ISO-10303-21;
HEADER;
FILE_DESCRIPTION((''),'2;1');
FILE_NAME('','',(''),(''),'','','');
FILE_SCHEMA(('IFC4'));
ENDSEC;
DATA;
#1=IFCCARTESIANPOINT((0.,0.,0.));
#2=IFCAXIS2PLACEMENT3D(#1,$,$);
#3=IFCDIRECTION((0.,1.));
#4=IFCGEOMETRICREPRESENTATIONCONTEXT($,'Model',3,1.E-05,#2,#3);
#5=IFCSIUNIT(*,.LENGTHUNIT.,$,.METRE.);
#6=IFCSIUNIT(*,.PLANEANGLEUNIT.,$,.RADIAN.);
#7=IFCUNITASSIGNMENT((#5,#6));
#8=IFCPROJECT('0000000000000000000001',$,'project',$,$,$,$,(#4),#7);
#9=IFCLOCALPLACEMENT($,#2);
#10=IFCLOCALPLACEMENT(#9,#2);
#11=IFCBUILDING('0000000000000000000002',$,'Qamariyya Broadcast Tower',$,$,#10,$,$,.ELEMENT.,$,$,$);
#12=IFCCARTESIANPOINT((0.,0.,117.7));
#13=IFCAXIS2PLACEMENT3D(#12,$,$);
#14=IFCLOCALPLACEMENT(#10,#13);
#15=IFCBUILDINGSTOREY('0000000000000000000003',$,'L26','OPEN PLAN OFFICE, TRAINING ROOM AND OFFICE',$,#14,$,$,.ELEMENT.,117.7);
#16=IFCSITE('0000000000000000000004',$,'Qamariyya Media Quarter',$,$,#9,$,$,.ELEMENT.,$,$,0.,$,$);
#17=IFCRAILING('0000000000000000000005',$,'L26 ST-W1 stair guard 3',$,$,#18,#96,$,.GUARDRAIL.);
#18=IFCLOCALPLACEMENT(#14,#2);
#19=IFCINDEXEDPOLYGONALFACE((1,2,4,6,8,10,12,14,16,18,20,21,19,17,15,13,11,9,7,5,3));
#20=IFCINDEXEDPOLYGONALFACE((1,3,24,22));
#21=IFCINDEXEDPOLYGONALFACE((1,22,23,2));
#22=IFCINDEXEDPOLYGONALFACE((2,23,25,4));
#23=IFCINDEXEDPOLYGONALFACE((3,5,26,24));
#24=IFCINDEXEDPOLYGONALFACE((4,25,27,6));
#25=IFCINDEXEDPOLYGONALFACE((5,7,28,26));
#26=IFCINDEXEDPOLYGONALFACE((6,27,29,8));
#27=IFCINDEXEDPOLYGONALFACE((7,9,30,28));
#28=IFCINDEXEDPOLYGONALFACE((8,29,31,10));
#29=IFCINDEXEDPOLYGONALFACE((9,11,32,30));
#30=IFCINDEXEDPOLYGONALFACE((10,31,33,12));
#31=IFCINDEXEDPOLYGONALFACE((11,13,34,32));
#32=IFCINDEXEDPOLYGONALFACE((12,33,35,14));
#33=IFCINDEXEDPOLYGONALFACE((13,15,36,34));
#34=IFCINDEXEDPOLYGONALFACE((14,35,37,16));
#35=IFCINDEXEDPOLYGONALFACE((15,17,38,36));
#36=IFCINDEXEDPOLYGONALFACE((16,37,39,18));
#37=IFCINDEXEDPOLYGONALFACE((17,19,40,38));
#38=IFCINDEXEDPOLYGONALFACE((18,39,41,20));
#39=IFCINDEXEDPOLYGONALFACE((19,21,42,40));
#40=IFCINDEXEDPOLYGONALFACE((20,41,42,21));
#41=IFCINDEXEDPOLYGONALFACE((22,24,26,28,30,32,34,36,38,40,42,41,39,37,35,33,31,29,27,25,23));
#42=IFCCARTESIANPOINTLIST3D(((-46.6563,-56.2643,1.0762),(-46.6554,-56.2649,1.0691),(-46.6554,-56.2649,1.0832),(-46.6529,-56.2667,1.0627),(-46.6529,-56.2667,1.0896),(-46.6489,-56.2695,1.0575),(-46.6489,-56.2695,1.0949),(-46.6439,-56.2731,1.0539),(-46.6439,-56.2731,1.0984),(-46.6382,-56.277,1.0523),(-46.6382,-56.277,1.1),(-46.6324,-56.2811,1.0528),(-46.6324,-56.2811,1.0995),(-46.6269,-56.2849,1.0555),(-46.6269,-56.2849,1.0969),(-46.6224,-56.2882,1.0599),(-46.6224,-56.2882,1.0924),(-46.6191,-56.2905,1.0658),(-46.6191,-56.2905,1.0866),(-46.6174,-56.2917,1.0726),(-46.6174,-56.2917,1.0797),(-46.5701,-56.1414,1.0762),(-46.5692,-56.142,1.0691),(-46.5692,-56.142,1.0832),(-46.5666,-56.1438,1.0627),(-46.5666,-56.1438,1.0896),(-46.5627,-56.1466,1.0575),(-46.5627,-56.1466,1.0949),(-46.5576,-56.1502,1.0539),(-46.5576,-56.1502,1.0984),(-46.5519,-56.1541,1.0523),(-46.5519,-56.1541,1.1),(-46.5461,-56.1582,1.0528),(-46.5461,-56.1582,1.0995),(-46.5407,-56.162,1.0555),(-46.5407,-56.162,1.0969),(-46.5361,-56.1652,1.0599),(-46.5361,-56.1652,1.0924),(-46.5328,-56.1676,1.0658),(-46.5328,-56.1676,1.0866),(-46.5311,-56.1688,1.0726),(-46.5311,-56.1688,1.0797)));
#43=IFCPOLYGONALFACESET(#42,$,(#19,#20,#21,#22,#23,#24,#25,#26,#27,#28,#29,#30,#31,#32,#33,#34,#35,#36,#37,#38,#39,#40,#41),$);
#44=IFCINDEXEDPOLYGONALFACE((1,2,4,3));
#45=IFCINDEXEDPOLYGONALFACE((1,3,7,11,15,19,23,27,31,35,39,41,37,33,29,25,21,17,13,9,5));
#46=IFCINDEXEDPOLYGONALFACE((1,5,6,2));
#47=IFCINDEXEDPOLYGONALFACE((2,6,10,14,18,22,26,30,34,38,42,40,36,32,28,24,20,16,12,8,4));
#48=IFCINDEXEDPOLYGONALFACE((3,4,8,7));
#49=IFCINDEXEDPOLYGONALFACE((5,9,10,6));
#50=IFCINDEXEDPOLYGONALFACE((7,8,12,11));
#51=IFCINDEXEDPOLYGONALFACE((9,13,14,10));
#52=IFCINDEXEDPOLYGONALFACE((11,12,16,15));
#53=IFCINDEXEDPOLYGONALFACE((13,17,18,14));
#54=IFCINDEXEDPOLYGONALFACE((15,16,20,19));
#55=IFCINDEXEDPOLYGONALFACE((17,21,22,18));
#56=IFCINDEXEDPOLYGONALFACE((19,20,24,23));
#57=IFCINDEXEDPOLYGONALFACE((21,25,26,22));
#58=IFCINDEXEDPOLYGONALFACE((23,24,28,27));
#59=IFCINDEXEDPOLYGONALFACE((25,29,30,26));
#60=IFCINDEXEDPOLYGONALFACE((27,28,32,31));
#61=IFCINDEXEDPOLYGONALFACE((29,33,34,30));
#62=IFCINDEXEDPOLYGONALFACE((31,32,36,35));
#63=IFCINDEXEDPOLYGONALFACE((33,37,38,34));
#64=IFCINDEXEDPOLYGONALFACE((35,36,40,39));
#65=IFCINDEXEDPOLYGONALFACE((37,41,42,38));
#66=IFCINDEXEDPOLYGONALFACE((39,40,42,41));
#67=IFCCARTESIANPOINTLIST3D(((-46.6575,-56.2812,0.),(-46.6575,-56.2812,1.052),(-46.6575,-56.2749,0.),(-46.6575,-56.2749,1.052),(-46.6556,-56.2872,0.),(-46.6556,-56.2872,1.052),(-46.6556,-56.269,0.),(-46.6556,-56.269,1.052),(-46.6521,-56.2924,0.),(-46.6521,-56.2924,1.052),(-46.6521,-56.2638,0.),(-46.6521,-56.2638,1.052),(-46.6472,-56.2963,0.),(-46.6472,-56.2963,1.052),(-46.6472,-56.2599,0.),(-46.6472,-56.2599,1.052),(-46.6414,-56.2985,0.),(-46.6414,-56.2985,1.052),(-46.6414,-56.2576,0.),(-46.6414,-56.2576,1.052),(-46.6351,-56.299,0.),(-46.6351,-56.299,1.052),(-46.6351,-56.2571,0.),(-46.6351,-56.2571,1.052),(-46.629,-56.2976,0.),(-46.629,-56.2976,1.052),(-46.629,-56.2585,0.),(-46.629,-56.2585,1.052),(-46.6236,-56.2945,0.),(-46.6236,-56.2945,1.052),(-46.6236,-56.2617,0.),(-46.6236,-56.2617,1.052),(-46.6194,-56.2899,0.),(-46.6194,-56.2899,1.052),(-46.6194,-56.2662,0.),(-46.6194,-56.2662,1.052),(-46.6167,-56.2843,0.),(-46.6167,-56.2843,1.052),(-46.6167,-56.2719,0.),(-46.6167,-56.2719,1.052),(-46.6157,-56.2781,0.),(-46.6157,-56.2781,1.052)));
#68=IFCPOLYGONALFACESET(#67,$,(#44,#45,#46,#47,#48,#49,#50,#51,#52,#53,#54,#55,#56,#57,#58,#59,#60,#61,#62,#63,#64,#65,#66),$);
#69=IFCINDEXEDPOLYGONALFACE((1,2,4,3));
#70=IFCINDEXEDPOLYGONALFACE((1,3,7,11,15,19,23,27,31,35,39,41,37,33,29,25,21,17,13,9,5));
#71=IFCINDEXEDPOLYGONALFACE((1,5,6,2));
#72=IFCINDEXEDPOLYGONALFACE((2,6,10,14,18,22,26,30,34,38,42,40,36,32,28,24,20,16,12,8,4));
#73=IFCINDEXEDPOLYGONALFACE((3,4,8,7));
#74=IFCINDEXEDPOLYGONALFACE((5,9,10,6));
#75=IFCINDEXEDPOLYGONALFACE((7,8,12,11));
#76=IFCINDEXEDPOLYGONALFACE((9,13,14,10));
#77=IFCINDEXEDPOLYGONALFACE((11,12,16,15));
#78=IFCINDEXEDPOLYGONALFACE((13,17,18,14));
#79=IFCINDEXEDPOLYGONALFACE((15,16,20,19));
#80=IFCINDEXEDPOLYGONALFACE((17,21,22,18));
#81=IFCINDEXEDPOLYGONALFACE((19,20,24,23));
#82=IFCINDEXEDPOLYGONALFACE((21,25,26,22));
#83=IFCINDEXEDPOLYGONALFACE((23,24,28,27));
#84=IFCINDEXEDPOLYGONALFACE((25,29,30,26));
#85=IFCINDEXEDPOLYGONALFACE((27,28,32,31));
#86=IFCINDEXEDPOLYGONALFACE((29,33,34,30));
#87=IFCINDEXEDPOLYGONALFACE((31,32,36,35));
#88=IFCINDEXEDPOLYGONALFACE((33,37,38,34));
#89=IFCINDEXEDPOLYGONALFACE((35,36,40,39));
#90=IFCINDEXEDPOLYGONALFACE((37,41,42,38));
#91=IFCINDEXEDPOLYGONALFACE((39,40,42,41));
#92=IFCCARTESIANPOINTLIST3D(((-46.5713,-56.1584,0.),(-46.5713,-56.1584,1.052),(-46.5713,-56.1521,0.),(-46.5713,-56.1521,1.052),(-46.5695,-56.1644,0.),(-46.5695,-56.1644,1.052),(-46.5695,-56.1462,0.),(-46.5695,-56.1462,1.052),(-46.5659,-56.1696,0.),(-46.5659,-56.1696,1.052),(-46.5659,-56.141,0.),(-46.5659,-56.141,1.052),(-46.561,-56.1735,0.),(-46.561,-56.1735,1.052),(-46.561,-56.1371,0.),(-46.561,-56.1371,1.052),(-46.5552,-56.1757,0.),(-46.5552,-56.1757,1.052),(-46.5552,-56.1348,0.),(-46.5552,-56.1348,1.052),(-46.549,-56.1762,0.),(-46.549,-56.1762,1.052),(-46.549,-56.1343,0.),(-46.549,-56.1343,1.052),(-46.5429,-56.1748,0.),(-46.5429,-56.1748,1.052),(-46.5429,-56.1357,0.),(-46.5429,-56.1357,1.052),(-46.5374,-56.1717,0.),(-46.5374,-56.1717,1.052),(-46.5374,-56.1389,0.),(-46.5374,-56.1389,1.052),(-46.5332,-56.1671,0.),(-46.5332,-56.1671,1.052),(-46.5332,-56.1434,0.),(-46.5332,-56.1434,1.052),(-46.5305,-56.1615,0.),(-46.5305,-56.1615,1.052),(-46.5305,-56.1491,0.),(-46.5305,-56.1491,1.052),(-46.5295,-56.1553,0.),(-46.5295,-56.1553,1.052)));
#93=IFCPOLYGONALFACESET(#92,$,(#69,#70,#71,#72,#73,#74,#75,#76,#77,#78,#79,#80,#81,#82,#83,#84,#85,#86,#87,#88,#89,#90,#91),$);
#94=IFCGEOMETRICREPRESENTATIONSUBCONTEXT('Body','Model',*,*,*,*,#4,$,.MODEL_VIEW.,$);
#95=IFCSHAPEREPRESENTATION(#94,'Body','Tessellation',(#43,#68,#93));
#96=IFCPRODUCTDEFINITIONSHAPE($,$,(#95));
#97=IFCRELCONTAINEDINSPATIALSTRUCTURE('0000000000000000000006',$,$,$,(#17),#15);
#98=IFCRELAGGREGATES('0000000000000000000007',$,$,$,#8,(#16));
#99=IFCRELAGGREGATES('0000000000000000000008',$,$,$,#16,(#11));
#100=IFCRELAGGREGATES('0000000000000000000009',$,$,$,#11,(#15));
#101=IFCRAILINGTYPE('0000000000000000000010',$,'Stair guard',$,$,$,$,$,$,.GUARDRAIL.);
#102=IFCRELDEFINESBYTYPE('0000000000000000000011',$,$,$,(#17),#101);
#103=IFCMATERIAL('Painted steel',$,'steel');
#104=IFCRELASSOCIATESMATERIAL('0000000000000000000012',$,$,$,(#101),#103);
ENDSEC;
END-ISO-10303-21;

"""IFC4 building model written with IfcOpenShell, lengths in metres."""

from ifc_helpers import new_model, si_unit, direction, frame, origin, origin_2d, place, context, subcontext, project, spatial, circle, extrude, material, type_object, element, save


model = new_model("IFC4")

# Units and contexts
model_context = context("Model", 3, precision=1e-05, world=origin(), true_north=direction((0.0, 1.0)))
body_context = subcontext(model_context, "Body", "Model", "MODEL_VIEW")
ifc_project = project(units=[si_unit("LENGTHUNIT", "METRE"), si_unit("PLANEANGLEUNIT", "RADIAN")], contexts=[model_context])

# Site, building, storey
site_placement = place(None, origin())
site = spatial("IfcSite", under=ifc_project, at=site_placement, Name="Qamariyya Media Quarter", CompositionType="ELEMENT", RefElevation=0.0)
building_placement = place(site_placement, origin())
building = spatial("IfcBuilding", under=site, at=building_placement, Name="Qamariyya Broadcast Tower", CompositionType="ELEMENT")
storey_placement = place(building_placement, frame((0.0, 0.0, 117.7)))
storey = spatial("IfcBuildingStorey", under=building, at=storey_placement, Name="L26", Description="OPEN PLAN OFFICE, TRAINING ROOM AND OFFICE", CompositionType="ELEMENT", Elevation=117.7)

# Railing
ifc_material_1 = material(Name="Painted steel", Category="steel")
railing_type_1 = type_object("IfcRailingType", Name="Stair guard", PredefinedType="GUARDRAIL", material=ifc_material_1)
railing_1_placement = place(storey_placement, frame((-46.6367, -56.2781, 0.0)))
element("IfcRailing", 1, at=railing_1_placement, inside=storey, type_object=railing_type_1, Name="L26 ST-W1 stair guard 3", PredefinedType="GUARDRAIL", context=body_context, shape_type="SweptSolid", body=[
    extrude(circle(Radius=0.0239, at=origin_2d()), frame((0.0, 0.0, 1.0762), z_axis=(0.574445, 0.818543, 0.0), x_axis=(-0.818543, 0.574445, 0.0)), (0.0, 0.0, 1.0), 0.1501),
    extrude(circle(Radius=0.021, at=origin_2d()), origin(), (0.0, 0.0, 1.0), 1.052),
    extrude(circle(Radius=0.021, at=origin_2d()), frame((0.0862, 0.1228, 0.0)), (0.0, 0.0, 1.0), 1.052),
])

save(model, "model.ifc")
